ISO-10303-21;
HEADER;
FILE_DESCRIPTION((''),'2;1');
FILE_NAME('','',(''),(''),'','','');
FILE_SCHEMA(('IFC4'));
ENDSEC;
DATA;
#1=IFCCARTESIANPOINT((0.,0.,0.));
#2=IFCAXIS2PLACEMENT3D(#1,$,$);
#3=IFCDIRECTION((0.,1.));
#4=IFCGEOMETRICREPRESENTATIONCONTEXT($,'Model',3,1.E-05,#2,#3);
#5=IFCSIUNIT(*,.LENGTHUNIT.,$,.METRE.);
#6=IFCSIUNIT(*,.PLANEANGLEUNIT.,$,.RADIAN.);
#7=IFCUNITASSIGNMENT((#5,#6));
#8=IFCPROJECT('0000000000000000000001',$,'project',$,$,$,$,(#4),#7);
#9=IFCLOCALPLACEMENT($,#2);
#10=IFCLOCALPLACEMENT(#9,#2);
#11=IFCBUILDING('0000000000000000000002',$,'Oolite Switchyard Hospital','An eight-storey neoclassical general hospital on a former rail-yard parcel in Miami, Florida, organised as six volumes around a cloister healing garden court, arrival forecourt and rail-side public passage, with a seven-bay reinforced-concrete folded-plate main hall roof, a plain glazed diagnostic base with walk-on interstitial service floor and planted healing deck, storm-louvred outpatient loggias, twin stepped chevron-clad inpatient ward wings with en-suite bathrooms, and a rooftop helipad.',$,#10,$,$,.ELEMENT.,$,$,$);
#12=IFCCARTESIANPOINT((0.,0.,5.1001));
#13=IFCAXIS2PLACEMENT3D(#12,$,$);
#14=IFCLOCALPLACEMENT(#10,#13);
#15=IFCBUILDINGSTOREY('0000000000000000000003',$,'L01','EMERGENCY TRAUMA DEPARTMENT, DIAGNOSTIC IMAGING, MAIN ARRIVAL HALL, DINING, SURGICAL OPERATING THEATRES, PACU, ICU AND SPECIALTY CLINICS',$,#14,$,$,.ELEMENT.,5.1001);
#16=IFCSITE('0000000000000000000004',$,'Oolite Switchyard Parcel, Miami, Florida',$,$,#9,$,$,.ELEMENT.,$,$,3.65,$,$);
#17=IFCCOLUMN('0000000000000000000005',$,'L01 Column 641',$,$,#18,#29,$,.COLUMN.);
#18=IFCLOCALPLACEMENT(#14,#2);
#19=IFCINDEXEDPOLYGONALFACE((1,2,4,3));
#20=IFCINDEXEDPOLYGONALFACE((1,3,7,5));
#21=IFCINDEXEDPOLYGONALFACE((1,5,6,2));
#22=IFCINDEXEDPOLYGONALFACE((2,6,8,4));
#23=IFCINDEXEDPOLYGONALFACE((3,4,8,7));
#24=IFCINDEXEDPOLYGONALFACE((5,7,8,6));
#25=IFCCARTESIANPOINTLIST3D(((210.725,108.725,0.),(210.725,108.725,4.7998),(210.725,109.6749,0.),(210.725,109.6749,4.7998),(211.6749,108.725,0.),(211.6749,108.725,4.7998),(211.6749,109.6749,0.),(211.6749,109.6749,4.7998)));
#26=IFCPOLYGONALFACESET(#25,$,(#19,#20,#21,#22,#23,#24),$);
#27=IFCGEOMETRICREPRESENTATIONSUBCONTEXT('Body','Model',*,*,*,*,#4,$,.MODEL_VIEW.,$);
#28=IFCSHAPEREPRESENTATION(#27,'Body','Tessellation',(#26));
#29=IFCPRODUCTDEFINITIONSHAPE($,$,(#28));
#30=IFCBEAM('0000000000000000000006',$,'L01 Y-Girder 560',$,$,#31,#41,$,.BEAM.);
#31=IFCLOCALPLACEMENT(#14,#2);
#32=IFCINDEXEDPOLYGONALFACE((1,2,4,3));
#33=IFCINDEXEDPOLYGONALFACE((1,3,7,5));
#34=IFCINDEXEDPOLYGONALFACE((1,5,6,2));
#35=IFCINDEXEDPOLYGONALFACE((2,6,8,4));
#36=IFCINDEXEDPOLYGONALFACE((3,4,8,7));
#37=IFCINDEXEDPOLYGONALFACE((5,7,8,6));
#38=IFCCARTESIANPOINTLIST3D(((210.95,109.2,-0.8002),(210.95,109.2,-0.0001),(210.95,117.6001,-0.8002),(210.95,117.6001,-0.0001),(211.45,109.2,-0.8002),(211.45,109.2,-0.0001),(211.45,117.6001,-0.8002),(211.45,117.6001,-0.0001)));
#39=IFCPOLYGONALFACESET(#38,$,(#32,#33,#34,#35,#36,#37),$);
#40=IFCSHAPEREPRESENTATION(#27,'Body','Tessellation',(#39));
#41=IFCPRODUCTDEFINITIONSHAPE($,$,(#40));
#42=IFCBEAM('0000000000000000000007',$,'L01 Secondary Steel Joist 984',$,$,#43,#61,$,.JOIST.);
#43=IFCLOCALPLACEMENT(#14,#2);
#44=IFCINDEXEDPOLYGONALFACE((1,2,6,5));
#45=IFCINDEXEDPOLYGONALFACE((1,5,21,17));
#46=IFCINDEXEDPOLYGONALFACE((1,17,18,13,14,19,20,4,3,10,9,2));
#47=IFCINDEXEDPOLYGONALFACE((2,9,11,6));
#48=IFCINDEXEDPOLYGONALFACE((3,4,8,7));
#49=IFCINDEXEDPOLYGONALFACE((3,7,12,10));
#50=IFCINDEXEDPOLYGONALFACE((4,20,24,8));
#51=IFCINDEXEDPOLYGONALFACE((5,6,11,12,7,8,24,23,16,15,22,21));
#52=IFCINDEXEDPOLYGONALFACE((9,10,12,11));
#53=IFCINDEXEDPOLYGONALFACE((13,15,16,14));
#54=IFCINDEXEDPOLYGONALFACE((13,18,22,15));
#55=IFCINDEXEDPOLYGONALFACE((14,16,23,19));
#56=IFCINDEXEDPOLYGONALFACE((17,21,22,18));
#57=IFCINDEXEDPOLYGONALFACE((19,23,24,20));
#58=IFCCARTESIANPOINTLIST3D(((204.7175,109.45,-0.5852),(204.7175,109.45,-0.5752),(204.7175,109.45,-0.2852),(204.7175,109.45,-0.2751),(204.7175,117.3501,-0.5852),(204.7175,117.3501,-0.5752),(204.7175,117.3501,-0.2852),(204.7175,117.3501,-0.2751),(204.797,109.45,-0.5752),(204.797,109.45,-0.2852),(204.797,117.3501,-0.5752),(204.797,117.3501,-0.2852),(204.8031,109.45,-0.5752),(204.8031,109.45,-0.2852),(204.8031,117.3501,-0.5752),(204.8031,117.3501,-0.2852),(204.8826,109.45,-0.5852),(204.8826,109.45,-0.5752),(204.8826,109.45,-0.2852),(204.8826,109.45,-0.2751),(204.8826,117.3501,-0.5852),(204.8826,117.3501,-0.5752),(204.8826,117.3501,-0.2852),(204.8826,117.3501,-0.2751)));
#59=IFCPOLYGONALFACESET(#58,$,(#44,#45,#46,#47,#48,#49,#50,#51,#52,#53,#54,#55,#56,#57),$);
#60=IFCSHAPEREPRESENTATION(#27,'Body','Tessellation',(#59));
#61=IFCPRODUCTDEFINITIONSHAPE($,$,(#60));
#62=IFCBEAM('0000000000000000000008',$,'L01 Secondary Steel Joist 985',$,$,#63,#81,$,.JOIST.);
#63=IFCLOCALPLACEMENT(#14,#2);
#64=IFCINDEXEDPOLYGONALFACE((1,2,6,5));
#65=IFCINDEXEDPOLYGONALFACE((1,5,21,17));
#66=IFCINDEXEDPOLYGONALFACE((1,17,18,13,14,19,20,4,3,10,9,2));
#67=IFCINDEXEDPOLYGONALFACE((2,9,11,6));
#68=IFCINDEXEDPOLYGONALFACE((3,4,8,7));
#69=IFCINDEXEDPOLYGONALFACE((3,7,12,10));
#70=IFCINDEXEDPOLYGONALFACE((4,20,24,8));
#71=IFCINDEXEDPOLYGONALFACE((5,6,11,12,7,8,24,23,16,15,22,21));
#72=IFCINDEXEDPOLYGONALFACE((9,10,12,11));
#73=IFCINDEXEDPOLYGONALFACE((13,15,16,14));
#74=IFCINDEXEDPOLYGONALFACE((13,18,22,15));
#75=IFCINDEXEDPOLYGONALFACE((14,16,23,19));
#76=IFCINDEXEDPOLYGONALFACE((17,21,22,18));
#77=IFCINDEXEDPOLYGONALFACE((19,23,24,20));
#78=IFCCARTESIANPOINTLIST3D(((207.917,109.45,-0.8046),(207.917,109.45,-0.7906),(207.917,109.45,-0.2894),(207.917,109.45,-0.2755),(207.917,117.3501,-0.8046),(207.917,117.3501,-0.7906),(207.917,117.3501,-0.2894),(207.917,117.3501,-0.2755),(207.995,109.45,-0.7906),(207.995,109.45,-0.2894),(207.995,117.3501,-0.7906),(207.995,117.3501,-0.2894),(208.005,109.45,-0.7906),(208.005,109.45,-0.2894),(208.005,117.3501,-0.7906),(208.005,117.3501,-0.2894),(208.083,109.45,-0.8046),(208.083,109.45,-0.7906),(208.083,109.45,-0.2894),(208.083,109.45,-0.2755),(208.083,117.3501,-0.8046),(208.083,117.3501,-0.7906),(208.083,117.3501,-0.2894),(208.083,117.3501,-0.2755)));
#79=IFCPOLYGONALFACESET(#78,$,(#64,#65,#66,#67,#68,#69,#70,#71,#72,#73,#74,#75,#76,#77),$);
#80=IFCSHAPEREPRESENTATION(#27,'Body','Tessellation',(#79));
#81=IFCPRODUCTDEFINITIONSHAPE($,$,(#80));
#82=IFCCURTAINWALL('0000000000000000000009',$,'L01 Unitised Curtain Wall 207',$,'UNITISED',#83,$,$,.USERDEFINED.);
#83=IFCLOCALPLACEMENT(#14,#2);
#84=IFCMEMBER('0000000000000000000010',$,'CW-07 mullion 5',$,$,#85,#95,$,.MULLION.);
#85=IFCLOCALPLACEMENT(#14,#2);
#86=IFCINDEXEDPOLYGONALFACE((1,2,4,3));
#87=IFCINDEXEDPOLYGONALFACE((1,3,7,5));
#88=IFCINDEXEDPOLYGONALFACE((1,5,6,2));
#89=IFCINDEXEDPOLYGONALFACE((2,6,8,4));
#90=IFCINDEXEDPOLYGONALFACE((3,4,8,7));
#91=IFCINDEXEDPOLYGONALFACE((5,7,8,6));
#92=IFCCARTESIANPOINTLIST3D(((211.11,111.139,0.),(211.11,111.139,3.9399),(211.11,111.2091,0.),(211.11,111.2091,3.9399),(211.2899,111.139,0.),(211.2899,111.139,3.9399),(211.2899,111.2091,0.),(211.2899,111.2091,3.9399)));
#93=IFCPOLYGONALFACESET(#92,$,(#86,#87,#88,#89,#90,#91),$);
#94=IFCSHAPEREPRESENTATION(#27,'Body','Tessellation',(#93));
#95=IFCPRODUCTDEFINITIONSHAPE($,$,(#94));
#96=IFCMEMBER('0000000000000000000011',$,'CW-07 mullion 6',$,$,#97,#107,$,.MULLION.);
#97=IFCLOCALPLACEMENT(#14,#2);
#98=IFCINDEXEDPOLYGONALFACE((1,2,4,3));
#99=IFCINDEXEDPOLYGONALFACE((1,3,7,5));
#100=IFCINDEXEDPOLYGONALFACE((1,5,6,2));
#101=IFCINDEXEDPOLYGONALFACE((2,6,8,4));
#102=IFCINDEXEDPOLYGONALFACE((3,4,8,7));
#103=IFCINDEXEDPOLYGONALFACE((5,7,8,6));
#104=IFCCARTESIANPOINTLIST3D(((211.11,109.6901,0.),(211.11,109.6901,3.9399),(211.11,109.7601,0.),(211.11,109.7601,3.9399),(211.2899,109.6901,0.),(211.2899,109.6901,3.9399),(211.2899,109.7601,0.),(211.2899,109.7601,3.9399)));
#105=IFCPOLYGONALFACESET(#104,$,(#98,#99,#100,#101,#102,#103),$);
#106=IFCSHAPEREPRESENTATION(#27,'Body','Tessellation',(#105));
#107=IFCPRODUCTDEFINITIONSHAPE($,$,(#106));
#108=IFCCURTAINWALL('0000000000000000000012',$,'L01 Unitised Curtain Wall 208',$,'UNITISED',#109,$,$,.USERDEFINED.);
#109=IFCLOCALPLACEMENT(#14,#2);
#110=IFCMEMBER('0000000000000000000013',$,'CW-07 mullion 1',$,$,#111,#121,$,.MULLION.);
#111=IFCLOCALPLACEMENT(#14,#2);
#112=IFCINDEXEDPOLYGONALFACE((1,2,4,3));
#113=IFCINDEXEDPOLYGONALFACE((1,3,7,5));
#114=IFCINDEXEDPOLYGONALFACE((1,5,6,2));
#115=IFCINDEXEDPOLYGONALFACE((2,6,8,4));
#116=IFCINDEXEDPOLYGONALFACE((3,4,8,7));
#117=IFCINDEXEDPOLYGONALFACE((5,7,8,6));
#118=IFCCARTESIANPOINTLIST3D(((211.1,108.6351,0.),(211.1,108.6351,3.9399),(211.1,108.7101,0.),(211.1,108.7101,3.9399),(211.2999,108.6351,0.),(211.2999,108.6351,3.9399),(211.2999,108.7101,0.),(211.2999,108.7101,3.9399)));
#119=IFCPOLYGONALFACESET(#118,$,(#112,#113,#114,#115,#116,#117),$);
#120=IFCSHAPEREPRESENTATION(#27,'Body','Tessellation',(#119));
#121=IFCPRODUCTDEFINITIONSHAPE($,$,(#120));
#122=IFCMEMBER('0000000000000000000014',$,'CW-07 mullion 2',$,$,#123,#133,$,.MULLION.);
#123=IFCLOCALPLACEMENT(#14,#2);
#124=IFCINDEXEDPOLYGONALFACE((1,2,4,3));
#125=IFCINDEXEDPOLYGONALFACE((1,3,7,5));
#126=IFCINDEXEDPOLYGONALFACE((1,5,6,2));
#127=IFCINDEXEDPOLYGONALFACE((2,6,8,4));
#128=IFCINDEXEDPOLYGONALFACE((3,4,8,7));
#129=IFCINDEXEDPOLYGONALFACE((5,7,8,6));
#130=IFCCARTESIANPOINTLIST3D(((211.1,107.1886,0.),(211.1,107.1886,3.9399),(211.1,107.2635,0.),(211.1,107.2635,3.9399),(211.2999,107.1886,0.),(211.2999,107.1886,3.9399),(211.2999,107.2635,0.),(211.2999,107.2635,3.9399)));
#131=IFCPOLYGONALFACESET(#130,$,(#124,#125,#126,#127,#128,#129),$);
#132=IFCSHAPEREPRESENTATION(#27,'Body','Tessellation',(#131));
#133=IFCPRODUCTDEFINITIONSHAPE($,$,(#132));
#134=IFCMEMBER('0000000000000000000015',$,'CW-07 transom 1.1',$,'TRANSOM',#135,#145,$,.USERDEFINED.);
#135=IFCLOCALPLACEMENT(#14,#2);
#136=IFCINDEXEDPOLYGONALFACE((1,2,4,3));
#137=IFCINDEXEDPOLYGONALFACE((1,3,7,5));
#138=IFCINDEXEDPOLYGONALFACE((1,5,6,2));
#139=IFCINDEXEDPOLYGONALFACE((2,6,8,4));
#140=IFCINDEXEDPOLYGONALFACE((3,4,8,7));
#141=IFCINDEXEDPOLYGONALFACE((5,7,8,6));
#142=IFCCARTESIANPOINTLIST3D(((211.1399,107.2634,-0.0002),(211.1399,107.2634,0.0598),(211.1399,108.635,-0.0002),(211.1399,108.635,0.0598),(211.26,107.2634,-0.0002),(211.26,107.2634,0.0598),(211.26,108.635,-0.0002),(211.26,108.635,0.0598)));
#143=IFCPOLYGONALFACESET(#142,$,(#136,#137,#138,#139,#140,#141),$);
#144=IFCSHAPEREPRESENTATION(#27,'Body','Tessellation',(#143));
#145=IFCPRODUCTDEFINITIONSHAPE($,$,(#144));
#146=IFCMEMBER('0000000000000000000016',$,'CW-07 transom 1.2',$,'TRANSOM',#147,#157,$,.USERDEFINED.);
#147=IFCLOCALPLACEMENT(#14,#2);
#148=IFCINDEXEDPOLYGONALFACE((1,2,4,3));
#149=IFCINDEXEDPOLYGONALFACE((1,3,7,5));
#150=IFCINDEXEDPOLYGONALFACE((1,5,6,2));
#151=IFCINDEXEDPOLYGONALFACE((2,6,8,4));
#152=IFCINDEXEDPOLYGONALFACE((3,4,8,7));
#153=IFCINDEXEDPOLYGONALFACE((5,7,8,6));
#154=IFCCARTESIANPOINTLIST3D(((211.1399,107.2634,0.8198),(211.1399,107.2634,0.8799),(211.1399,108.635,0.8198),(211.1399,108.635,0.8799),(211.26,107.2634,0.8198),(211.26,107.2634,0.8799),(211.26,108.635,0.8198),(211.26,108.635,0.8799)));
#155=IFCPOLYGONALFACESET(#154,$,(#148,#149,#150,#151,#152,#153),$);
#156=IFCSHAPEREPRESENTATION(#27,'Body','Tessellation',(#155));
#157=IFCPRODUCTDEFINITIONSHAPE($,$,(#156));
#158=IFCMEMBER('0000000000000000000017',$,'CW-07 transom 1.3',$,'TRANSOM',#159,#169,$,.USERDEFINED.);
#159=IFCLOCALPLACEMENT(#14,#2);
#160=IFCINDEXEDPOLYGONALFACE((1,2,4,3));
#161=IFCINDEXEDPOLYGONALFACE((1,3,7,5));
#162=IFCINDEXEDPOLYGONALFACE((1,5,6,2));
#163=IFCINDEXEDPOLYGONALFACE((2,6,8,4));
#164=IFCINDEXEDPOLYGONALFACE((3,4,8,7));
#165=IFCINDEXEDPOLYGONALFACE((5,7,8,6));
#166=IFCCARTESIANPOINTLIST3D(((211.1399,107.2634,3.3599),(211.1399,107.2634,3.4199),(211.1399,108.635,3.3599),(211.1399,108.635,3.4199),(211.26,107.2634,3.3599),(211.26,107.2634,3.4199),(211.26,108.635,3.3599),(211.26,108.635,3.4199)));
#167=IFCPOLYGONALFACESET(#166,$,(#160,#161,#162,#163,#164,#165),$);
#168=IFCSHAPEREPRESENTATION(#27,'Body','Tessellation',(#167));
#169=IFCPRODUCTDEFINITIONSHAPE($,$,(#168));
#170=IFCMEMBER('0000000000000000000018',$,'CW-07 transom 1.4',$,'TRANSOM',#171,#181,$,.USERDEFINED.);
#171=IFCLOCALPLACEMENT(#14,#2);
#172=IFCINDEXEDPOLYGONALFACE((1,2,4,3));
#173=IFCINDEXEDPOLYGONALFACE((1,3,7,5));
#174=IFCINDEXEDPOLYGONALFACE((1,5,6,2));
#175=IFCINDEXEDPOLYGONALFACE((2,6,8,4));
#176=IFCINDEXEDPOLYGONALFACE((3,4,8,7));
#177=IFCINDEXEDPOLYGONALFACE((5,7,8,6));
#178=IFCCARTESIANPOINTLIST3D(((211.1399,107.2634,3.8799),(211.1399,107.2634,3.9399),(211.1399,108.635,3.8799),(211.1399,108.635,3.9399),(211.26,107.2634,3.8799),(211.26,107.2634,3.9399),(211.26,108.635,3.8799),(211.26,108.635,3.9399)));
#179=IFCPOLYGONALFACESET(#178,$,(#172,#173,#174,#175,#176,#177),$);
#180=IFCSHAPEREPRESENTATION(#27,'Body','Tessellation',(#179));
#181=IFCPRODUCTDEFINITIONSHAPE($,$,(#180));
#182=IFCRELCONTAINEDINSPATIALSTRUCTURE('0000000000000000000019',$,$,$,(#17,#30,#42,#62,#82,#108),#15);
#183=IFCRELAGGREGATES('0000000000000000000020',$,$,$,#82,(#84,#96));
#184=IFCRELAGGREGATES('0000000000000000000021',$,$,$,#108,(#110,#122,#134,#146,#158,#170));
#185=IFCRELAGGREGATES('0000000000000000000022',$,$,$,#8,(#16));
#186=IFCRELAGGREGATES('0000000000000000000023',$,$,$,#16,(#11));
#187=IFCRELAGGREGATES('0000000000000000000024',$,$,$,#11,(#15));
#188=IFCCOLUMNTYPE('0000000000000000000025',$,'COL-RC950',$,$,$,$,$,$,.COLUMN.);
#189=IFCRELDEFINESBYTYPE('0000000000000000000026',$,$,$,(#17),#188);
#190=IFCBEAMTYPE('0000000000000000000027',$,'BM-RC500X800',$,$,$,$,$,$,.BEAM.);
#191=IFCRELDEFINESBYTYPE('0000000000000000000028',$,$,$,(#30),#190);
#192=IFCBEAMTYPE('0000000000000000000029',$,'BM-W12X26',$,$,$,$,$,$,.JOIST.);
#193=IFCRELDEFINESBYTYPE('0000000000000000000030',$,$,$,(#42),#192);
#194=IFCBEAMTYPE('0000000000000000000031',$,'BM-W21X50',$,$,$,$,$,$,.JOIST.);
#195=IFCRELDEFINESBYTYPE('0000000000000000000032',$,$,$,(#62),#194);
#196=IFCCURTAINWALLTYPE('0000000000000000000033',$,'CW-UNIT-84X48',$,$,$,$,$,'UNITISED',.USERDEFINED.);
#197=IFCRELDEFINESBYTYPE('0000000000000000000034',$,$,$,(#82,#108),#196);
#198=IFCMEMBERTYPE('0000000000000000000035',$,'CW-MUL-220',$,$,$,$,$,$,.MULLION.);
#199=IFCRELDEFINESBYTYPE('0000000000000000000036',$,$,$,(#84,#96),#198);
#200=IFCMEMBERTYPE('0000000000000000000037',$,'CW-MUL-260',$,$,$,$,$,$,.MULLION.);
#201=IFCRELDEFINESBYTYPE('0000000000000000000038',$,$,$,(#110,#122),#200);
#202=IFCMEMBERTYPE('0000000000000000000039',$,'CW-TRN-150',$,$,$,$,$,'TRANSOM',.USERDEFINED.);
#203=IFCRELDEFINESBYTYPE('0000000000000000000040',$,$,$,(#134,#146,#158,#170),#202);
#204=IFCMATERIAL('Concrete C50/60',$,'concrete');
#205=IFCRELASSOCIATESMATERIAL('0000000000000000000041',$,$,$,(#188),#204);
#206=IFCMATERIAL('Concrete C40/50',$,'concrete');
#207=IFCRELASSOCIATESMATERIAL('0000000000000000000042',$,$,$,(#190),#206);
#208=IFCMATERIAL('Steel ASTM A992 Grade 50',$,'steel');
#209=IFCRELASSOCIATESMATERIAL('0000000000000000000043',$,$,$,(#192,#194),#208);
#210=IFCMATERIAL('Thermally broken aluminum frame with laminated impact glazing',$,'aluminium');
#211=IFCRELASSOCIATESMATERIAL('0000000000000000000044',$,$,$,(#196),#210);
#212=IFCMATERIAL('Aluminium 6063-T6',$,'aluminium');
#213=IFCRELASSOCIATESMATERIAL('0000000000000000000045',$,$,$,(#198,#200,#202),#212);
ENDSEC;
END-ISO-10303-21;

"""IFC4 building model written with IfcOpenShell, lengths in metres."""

from ifc_helpers import new_model, si_unit, direction, frame, origin, origin_2d, place, context, subcontext, project, spatial, rectangle, i_section, extrude, material, material_profile, profile_set, type_object, element, aggregate, save


model = new_model("IFC4")

# Units and contexts
model_context = context("Model", 3, precision=1e-05, world=origin(), true_north=direction((0.0, 1.0)))
body_context = subcontext(model_context, "Body", "Model", "MODEL_VIEW")
ifc_project = project(units=[si_unit("LENGTHUNIT", "METRE"), si_unit("PLANEANGLEUNIT", "RADIAN")], contexts=[model_context])

# Site, building, storey
site_placement = place(None, origin())
site = spatial("IfcSite", under=ifc_project, at=site_placement, Name="Oolite Switchyard Parcel, Miami, Florida", CompositionType="ELEMENT", RefElevation=3.65)
building_placement = place(site_placement, origin())
building = spatial("IfcBuilding", under=site, at=building_placement, Name="Oolite Switchyard Hospital", Description="An eight-storey neoclassical general hospital on a former rail-yard parcel in Miami, Florida, organised as six volumes around a cloister healing garden court, arrival forecourt and rail-side public passage, with a seven-bay reinforced-concrete folded-plate main hall roof, a plain glazed diagnostic base with walk-on interstitial service floor and planted healing deck, storm-louvred outpatient loggias, twin stepped chevron-clad inpatient ward wings with en-suite bathrooms, and a rooftop helipad.", CompositionType="ELEMENT")
storey_placement = place(building_placement, frame((0.0, 0.0, 5.1001)))
storey = spatial("IfcBuildingStorey", under=building, at=storey_placement, Name="L01", Description="EMERGENCY TRAUMA DEPARTMENT, DIAGNOSTIC IMAGING, MAIN ARRIVAL HALL, DINING, SURGICAL OPERATING THEATRES, PACU, ICU AND SPECIALTY CLINICS", CompositionType="ELEMENT", Elevation=5.1001)

# Column
ifc_material_1 = material(Name="Concrete C50/60", Category="concrete")
ifc_material_profile_1 = material_profile(ifc_material_1, rectangle(XDim=0.95, YDim=0.95, at=origin_2d()), Name="RC950X950")
ifc_profile_set_1 = profile_set([ifc_material_profile_1], Name="Concrete C50/60")
column_type = type_object("IfcColumnType", Name="COL-RC950", PredefinedType="COLUMN", material=ifc_profile_set_1)
column_placement = place(storey_placement, frame((211.2, 109.2, 0.0), z_axis=(0.0, 0.0, 1.0), x_axis=(1.0, 0.0, 0.0)))
element("IfcColumn", 1, at=column_placement, inside=storey, type_object=column_type, Name="L01 Column 641", PredefinedType="COLUMN", context=body_context, shape_type="SweptSolid", body=[
    extrude(rectangle(XDim=0.95, YDim=0.95, at=origin_2d()), origin(), (0.0, 0.0, 1.0), 4.7998),
])

# Beams
ifc_material_2 = material(Name="Concrete C40/50", Category="concrete")
ifc_material_profile_2 = material_profile(ifc_material_2, rectangle(XDim=0.5, YDim=0.8, at=origin_2d()), Name="RCB500X800")
ifc_profile_set_2 = profile_set([ifc_material_profile_2], Name="Concrete C40/50")
beam_type_1 = type_object("IfcBeamType", Name="BM-RC500X800", PredefinedType="BEAM", material=ifc_profile_set_2)
beam_1_placement = place(storey_placement, frame((211.2, 109.2, -0.4001), z_axis=(0.0, 1.0, 0.0), x_axis=(-1.0, 0.0, 0.0)))
element("IfcBeam", 2, at=beam_1_placement, inside=storey, type_object=beam_type_1, Name="L01 Y-Girder 560", PredefinedType="BEAM", context=body_context, shape_type="SweptSolid", body=[
    extrude(rectangle(XDim=0.5, YDim=0.8, at=origin_2d()), origin(), (0.0, 0.0, 1.0), 8.4001),
])
ifc_material_3 = material(Name="Steel ASTM A992 Grade 50", Category="steel")
ifc_material_profile_3 = material_profile(ifc_material_3, i_section(OverallWidth=0.165, OverallDepth=0.3101, WebThickness=0.0061, FlangeThickness=0.01, at=origin_2d()), Name="W12X26")
ifc_profile_set_3 = profile_set([ifc_material_profile_3], Name="Steel ASTM A992 Grade 50")
beam_type_2 = type_object("IfcBeamType", Name="BM-W12X26", PredefinedType="JOIST", material=ifc_profile_set_3)
beam_2_placement = place(storey_placement, frame((204.8, 109.45, -0.4302), z_axis=(0.0, 1.0, 0.0), x_axis=(-1.0, 0.0, 0.0)))
element("IfcBeam", 3, at=beam_2_placement, inside=storey, type_object=beam_type_2, Name="L01 Secondary Steel Joist 984", PredefinedType="JOIST", context=body_context, shape_type="SweptSolid", body=[
    extrude(i_section(OverallWidth=0.165, OverallDepth=0.3101, WebThickness=0.0061, FlangeThickness=0.01, at=origin_2d()), origin(), (0.0, 0.0, 1.0), 7.9001),
])
ifc_material_profile_4 = material_profile(ifc_material_3, i_section(OverallWidth=0.166, OverallDepth=0.5291, WebThickness=0.01, FlangeThickness=0.0139, at=origin_2d()), Name="W21X50")
ifc_profile_set_4 = profile_set([ifc_material_profile_4], Name="Steel ASTM A992 Grade 50")
beam_type_3 = type_object("IfcBeamType", Name="BM-W21X50", PredefinedType="JOIST", material=ifc_profile_set_4)
beam_3_placement = place(storey_placement, frame((208.0, 109.45, -0.54), z_axis=(0.0, 1.0, 0.0), x_axis=(-1.0, 0.0, 0.0)))
element("IfcBeam", 4, at=beam_3_placement, inside=storey, type_object=beam_type_3, Name="L01 Secondary Steel Joist 985", PredefinedType="JOIST", context=body_context, shape_type="SweptSolid", body=[
    extrude(i_section(OverallWidth=0.166, OverallDepth=0.5291, WebThickness=0.01, FlangeThickness=0.0139, at=origin_2d()), origin(), (0.0, 0.0, 1.0), 7.9001),
])

# Curtain walls, members
ifc_material_4 = material(Name="Thermally broken aluminum frame with laminated impact glazing", Category="aluminium")
curtain_wall_type = type_object("IfcCurtainWallType", Name="CW-UNIT-84X48", ElementType="UNITISED", PredefinedType="USERDEFINED", material=ifc_material_4)
curtain_wall_1_placement = place(storey_placement, origin())
curtain_wall_1 = element("IfcCurtainWall", 5, at=curtain_wall_1_placement, inside=storey, type_object=curtain_wall_type, Name="L01 Unitised Curtain Wall 207", ObjectType="UNITISED", PredefinedType="USERDEFINED")
ifc_material_5 = material(Name="Aluminium 6063-T6", Category="aluminium")
ifc_material_profile_5 = material_profile(ifc_material_5, rectangle(XDim=0.1799, YDim=0.0701, at=origin_2d()), Name="CWM70X180")
ifc_profile_set_5 = profile_set([ifc_material_profile_5], Name="Aluminium 6063-T6")
member_type_1 = type_object("IfcMemberType", Name="CW-MUL-220", PredefinedType="MULLION", material=ifc_profile_set_5)
member_1_placement = place(storey_placement, frame((211.2, 111.1741, 0.0), z_axis=(0.0, 0.0, 1.0), x_axis=(1.0, 0.0, 0.0)))
member_1 = element("IfcMember", 6, at=member_1_placement, type_object=member_type_1, Name="CW-07 mullion 5", PredefinedType="MULLION", context=body_context, shape_type="SweptSolid", body=[
    extrude(rectangle(XDim=0.1799, YDim=0.0701, at=origin_2d()), origin(), (0.0, 0.0, 1.0), 3.9399),
])
member_2_placement = place(storey_placement, frame((211.2, 109.7251, 0.0), z_axis=(0.0, 0.0, 1.0), x_axis=(1.0, 0.0, 0.0)))
member_2 = element("IfcMember", 7, at=member_2_placement, type_object=member_type_1, Name="CW-07 mullion 6", PredefinedType="MULLION", context=body_context, shape_type="SweptSolid", body=[
    extrude(rectangle(XDim=0.1799, YDim=0.0701, at=origin_2d()), origin(), (0.0, 0.0, 1.0), 3.9399),
])
curtain_wall_2_placement = place(storey_placement, origin())
curtain_wall_2 = element("IfcCurtainWall", 8, at=curtain_wall_2_placement, inside=storey, type_object=curtain_wall_type, Name="L01 Unitised Curtain Wall 208", ObjectType="UNITISED", PredefinedType="USERDEFINED")
ifc_material_profile_6 = material_profile(ifc_material_5, rectangle(XDim=0.2, YDim=0.075, at=origin_2d()), Name="CWM75X200")
ifc_profile_set_6 = profile_set([ifc_material_profile_6], Name="Aluminium 6063-T6")
member_type_2 = type_object("IfcMemberType", Name="CW-MUL-260", PredefinedType="MULLION", material=ifc_profile_set_6)
member_3_placement = place(storey_placement, frame((211.2, 108.6726, 0.0), z_axis=(0.0, 0.0, 1.0), x_axis=(1.0, 0.0, 0.0)))
member_3 = element("IfcMember", 9, at=member_3_placement, type_object=member_type_2, Name="CW-07 mullion 1", PredefinedType="MULLION", context=body_context, shape_type="SweptSolid", body=[
    extrude(rectangle(XDim=0.2, YDim=0.075, at=origin_2d()), origin(), (0.0, 0.0, 1.0), 3.9399),
])
member_4_placement = place(storey_placement, frame((211.2, 107.2261, 0.0), z_axis=(0.0, 0.0, 1.0), x_axis=(1.0, 0.0, 0.0)))
member_4 = element("IfcMember", 10, at=member_4_placement, type_object=member_type_2, Name="CW-07 mullion 2", PredefinedType="MULLION", context=body_context, shape_type="SweptSolid", body=[
    extrude(rectangle(XDim=0.2, YDim=0.075, at=origin_2d()), origin(), (0.0, 0.0, 1.0), 3.9399),
])
ifc_material_profile_7 = material_profile(ifc_material_5, rectangle(XDim=0.1201, YDim=0.0601, at=origin_2d()), Name="CWT60X120")
ifc_profile_set_7 = profile_set([ifc_material_profile_7], Name="Aluminium 6063-T6")
member_type_3 = type_object("IfcMemberType", Name="CW-TRN-150", ElementType="TRANSOM", PredefinedType="USERDEFINED", material=ifc_profile_set_7)
member_5_placement = place(storey_placement, frame((211.2, 108.635, 0.0298), z_axis=(0.0, -1.0, 0.0), x_axis=(1.0, 0.0, 0.0)))
member_5 = element("IfcMember", 11, at=member_5_placement, type_object=member_type_3, Name="CW-07 transom 1.1", ObjectType="TRANSOM", PredefinedType="USERDEFINED", context=body_context, shape_type="SweptSolid", body=[
    extrude(rectangle(XDim=0.1201, YDim=0.0601, at=origin_2d()), origin(), (0.0, 0.0, 1.0), 1.3716),
])
member_6_placement = place(storey_placement, frame((211.2, 108.635, 0.8499), z_axis=(0.0, -1.0, 0.0), x_axis=(1.0, 0.0, 0.0)))
member_6 = element("IfcMember", 12, at=member_6_placement, type_object=member_type_3, Name="CW-07 transom 1.2", ObjectType="TRANSOM", PredefinedType="USERDEFINED", context=body_context, shape_type="SweptSolid", body=[
    extrude(rectangle(XDim=0.1201, YDim=0.0601, at=origin_2d()), origin(), (0.0, 0.0, 1.0), 1.3716),
])
member_7_placement = place(storey_placement, frame((211.2, 108.635, 3.3899), z_axis=(0.0, -1.0, 0.0), x_axis=(1.0, 0.0, 0.0)))
member_7 = element("IfcMember", 13, at=member_7_placement, type_object=member_type_3, Name="CW-07 transom 1.3", ObjectType="TRANSOM", PredefinedType="USERDEFINED", context=body_context, shape_type="SweptSolid", body=[
    extrude(rectangle(XDim=0.1201, YDim=0.0601, at=origin_2d()), origin(), (0.0, 0.0, 1.0), 1.3716),
])
member_8_placement = place(storey_placement, frame((211.2, 108.635, 3.9099), z_axis=(0.0, -1.0, 0.0), x_axis=(1.0, 0.0, 0.0)))
member_8 = element("IfcMember", 14, at=member_8_placement, type_object=member_type_3, Name="CW-07 transom 1.4", ObjectType="TRANSOM", PredefinedType="USERDEFINED", context=body_context, shape_type="SweptSolid", body=[
    extrude(rectangle(XDim=0.1201, YDim=0.0601, at=origin_2d()), origin(), (0.0, 0.0, 1.0), 1.3716),
])

aggregate(curtain_wall_1, [member_1, member_2])
aggregate(curtain_wall_2, [member_3, member_4, member_5, member_6, member_7, member_8])

save(model, "model.ifc")
